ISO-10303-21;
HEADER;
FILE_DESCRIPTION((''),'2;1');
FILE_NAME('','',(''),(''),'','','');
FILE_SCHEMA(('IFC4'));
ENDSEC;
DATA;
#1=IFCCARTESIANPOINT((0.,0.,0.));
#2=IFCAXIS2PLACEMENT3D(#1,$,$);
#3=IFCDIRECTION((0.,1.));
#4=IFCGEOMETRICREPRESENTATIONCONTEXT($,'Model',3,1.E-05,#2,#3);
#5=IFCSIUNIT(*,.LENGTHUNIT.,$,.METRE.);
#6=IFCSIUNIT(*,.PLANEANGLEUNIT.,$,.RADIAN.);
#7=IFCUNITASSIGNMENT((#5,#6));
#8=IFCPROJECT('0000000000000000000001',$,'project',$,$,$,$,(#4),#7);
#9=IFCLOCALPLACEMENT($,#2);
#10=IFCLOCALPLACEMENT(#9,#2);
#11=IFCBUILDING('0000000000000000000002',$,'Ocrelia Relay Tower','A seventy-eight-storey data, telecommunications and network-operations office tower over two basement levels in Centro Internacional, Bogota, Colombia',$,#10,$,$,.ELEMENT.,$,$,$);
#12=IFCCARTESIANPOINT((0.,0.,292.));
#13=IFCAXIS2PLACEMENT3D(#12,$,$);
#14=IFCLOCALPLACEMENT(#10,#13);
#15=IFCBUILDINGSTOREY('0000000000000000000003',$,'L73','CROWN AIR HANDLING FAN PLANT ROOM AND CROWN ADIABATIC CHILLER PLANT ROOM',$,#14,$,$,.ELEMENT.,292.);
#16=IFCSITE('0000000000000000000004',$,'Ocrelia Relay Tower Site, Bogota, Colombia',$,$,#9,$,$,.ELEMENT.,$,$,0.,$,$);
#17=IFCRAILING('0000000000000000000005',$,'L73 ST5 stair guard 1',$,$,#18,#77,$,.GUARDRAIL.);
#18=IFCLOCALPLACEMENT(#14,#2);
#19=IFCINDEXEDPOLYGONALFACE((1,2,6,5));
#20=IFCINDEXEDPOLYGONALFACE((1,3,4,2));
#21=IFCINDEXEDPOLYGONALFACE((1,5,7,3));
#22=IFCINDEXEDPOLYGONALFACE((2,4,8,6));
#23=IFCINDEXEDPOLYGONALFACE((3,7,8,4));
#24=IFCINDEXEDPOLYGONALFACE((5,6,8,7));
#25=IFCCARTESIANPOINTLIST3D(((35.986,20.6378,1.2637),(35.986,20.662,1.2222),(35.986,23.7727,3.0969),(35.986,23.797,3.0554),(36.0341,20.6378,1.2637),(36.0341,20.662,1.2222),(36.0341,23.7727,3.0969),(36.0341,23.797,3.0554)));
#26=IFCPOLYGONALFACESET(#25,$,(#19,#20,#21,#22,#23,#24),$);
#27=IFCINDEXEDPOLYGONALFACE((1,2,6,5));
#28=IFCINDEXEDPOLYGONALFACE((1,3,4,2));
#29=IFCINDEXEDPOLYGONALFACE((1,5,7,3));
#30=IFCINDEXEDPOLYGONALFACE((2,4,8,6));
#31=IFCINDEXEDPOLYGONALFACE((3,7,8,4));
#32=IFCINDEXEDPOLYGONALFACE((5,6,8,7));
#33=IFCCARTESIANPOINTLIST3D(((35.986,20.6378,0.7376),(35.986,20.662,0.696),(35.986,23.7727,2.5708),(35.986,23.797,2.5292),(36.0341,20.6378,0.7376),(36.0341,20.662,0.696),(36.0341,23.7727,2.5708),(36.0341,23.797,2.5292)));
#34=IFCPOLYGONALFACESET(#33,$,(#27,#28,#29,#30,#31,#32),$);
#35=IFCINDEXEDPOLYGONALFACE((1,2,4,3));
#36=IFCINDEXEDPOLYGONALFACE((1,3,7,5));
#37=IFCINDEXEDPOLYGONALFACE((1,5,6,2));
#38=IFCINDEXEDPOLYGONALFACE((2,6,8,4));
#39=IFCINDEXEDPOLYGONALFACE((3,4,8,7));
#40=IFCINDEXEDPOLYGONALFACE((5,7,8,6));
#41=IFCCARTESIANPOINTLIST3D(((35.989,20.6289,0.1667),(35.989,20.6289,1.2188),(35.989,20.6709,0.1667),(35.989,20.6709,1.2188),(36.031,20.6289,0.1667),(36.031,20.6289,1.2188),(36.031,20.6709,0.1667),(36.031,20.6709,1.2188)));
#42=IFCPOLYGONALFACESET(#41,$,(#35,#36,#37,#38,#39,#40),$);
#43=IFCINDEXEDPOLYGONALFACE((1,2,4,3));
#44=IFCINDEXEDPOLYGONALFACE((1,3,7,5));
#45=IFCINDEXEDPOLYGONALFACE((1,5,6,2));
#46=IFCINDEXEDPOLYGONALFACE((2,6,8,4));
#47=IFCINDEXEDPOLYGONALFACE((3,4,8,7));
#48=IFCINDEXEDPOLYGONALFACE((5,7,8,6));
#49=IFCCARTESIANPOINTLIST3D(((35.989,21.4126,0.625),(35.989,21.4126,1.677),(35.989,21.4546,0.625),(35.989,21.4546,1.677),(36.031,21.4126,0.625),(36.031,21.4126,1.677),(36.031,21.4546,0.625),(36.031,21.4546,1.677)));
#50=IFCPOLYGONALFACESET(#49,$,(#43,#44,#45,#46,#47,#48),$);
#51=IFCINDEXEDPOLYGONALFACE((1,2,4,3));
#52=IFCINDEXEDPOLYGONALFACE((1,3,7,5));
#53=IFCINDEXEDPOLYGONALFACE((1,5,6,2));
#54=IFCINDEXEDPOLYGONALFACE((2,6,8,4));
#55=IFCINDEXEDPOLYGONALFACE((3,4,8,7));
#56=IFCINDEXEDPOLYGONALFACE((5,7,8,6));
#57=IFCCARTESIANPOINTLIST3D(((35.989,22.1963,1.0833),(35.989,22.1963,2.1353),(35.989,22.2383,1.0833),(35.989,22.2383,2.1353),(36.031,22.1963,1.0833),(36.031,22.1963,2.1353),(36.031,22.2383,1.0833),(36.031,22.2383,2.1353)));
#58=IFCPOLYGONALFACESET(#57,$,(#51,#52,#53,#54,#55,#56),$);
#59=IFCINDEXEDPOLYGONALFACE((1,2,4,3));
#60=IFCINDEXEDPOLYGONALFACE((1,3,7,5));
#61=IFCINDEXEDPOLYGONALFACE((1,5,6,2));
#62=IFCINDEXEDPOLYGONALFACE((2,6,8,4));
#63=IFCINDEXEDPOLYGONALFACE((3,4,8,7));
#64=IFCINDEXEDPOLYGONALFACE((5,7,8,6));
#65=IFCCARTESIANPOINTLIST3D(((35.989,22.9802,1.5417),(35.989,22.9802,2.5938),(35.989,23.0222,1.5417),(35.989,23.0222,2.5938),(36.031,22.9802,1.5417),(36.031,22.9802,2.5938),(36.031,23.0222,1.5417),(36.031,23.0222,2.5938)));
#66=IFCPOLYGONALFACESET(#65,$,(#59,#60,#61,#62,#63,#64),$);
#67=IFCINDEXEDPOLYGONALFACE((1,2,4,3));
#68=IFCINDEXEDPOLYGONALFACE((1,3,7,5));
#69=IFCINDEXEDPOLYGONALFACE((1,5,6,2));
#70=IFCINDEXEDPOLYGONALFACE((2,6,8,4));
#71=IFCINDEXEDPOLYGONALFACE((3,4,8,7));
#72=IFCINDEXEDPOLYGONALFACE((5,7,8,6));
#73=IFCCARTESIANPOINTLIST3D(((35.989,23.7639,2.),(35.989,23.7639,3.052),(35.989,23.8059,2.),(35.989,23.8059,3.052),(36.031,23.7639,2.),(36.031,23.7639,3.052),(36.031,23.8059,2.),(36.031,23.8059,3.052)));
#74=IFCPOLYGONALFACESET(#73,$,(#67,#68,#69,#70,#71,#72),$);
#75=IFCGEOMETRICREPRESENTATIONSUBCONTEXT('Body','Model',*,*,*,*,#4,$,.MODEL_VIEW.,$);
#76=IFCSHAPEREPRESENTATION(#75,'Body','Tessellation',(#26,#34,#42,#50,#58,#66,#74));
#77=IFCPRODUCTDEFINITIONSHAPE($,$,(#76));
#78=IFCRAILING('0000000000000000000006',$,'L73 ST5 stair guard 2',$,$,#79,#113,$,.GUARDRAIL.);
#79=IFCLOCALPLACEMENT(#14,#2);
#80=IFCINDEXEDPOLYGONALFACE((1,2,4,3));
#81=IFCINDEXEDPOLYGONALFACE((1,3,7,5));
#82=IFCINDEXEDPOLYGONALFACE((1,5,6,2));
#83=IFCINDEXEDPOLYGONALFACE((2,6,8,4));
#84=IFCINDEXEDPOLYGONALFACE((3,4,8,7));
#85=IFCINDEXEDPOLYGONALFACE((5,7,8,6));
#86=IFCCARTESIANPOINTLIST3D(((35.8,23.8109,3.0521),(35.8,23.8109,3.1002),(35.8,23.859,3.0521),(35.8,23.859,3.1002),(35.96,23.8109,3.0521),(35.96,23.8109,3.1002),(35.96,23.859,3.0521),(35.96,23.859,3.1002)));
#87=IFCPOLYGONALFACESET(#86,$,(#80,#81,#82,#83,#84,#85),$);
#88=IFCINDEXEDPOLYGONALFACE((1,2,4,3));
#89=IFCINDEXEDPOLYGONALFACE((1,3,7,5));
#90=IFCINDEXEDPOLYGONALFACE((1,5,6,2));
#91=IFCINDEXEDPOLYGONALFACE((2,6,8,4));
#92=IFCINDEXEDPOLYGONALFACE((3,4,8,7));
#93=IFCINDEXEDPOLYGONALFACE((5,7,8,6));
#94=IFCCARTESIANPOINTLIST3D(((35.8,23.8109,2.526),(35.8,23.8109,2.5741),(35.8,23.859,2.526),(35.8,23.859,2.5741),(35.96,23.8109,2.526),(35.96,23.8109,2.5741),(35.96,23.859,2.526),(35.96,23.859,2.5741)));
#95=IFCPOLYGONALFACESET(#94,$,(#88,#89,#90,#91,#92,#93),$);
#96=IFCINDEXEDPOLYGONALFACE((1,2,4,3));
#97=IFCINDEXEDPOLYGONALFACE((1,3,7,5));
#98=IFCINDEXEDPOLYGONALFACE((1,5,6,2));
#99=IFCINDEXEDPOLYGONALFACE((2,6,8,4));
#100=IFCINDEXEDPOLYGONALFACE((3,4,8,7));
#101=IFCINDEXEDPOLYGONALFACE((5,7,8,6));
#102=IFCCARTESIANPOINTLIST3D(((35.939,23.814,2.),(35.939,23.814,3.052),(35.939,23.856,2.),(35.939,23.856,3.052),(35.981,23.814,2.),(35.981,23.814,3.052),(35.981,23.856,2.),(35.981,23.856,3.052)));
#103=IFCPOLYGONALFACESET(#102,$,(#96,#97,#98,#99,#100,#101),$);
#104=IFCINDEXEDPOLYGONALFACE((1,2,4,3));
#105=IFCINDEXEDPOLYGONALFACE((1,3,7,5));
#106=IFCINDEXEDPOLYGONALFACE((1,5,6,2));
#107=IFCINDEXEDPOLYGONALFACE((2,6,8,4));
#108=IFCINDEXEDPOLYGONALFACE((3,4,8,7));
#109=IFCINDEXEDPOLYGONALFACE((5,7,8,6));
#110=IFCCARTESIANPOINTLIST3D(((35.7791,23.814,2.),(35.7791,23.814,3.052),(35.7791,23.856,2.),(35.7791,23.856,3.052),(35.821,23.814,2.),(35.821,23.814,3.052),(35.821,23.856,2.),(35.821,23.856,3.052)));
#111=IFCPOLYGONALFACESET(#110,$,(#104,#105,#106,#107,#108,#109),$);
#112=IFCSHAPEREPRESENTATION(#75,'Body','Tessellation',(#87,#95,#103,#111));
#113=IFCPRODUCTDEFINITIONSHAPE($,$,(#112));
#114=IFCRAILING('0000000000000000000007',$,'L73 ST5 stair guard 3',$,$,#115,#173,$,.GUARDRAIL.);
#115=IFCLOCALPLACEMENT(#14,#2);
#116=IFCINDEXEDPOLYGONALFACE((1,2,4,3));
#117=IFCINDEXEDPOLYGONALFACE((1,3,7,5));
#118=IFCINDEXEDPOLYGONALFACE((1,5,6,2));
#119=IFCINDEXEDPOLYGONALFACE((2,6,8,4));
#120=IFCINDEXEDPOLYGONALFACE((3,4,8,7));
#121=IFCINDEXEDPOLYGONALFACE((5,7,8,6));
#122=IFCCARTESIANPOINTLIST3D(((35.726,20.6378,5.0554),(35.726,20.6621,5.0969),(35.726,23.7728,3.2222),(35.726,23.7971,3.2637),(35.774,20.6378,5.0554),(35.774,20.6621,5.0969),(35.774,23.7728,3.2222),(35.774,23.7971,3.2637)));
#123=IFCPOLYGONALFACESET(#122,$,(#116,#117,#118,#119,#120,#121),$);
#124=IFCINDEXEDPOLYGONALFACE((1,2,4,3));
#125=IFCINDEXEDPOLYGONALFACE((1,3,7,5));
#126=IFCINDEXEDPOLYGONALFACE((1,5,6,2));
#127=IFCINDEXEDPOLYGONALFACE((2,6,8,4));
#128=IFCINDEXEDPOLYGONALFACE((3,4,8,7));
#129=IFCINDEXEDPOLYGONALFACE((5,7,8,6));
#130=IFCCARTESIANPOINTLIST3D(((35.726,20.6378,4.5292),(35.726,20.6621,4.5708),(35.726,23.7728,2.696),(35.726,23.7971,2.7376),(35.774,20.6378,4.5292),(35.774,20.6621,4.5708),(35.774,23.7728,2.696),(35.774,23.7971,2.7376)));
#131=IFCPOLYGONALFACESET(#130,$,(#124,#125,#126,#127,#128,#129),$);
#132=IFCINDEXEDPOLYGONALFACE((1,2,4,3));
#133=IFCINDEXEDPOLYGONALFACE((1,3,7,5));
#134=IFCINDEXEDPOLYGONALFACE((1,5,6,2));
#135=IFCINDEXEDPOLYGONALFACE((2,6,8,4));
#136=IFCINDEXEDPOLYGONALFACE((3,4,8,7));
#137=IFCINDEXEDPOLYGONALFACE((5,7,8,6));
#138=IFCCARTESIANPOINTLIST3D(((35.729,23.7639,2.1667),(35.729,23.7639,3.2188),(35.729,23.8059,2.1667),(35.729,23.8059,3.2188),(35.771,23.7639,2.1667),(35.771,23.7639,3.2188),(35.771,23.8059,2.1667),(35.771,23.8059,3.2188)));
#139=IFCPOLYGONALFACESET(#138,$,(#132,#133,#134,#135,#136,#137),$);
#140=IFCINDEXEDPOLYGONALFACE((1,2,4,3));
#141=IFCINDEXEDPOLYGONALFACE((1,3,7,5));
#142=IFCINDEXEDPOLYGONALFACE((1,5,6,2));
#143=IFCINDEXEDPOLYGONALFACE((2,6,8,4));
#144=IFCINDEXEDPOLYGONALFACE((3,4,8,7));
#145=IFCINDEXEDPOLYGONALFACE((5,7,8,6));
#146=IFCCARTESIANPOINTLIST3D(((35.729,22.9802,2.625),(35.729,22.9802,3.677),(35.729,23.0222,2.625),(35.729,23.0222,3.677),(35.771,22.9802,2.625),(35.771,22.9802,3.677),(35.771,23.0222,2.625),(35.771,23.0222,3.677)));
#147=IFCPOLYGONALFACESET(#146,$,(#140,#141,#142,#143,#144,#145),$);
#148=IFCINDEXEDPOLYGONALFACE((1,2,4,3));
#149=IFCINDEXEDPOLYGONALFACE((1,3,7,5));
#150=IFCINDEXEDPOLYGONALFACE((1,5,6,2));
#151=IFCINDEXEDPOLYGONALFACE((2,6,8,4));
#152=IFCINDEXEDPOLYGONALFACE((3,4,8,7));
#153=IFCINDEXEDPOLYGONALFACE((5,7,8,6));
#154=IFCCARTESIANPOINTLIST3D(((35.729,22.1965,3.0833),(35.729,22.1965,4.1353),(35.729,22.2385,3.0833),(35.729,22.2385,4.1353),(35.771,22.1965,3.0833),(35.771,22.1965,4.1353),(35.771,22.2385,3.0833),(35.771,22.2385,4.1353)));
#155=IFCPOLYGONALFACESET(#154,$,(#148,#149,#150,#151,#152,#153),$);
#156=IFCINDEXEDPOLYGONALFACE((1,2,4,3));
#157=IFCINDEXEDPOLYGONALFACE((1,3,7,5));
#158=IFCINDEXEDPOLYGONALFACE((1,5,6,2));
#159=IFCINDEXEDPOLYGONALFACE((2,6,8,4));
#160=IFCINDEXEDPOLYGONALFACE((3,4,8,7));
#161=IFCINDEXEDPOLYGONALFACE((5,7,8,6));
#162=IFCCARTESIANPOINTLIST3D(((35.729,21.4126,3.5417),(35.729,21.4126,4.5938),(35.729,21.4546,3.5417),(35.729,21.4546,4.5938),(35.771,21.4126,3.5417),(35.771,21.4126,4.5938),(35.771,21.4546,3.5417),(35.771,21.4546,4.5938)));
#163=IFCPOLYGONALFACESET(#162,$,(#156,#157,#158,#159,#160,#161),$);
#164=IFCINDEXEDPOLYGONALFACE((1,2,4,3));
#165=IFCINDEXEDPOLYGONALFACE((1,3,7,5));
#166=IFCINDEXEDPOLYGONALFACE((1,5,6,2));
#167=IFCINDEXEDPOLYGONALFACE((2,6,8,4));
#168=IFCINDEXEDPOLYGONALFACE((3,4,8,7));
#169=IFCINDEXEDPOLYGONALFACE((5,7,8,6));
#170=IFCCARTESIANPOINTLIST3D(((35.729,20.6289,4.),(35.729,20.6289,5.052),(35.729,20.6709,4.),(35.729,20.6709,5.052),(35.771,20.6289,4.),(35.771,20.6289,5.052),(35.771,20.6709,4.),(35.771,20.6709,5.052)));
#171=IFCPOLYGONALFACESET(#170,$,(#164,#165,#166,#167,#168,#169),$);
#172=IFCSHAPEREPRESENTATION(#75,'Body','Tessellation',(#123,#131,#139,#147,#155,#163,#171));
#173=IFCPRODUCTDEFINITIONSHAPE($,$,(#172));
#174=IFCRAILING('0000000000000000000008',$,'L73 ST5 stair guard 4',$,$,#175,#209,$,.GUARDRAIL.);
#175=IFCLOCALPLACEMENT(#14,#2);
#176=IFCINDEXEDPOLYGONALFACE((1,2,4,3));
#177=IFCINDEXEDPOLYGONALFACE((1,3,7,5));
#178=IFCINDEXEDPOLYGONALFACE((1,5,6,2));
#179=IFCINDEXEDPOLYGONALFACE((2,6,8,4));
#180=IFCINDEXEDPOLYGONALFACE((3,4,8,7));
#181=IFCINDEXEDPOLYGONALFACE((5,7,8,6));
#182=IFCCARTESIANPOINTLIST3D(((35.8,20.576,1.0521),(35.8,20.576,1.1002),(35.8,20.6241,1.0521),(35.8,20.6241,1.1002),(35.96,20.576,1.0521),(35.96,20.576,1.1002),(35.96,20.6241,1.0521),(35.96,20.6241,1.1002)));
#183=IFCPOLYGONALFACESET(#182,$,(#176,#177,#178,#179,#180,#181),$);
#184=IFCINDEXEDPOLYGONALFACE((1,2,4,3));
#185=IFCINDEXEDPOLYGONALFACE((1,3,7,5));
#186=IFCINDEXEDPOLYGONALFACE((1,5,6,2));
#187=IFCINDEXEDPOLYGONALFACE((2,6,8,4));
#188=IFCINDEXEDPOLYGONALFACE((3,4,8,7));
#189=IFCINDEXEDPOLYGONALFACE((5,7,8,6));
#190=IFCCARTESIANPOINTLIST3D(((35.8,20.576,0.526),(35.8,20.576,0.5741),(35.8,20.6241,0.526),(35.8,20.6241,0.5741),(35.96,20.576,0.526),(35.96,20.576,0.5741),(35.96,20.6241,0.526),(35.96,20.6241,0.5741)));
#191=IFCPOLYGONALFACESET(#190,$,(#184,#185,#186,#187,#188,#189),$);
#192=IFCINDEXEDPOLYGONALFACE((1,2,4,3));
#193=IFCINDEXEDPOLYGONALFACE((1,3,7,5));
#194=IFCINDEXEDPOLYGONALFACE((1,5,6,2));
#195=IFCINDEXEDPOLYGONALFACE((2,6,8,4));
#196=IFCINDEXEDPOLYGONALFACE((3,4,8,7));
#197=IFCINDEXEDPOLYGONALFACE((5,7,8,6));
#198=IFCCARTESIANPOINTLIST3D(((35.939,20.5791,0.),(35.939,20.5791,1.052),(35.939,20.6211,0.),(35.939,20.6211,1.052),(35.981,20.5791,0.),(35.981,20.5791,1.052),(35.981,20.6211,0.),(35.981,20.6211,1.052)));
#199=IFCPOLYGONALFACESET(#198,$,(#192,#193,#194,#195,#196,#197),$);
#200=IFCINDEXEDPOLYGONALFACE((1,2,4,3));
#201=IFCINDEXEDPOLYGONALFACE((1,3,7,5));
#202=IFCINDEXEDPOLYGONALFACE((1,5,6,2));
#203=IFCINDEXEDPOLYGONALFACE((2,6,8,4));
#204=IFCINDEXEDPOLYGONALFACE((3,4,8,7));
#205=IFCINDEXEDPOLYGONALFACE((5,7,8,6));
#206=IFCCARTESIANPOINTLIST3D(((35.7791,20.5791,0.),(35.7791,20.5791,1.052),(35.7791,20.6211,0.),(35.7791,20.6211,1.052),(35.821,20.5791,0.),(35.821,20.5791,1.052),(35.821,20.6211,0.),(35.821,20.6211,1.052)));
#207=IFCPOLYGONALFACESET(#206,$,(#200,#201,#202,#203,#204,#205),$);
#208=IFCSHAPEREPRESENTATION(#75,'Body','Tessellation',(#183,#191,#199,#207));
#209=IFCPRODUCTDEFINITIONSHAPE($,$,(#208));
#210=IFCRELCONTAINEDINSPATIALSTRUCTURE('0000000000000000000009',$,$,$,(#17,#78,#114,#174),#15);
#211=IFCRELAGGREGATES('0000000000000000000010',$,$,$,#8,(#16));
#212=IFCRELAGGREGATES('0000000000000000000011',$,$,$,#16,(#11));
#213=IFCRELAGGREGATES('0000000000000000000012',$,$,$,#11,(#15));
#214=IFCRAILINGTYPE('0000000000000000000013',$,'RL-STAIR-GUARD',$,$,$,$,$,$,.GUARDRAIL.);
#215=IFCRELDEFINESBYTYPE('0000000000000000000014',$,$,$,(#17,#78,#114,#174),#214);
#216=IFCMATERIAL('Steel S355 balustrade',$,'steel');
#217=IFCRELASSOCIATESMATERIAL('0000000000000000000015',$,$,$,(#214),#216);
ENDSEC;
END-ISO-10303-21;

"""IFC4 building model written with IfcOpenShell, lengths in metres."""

from ifc_helpers import new_model, si_unit, direction, frame, origin, origin_2d, place, context, subcontext, project, spatial, rectangle, extrude, material, type_object, element, save


model = new_model("IFC4")

# Units and contexts
model_context = context("Model", 3, precision=1e-05, world=origin(), true_north=direction((0.0, 1.0)))
body_context = subcontext(model_context, "Body", "Model", "MODEL_VIEW")
ifc_project = project(units=[si_unit("LENGTHUNIT", "METRE"), si_unit("PLANEANGLEUNIT", "RADIAN")], contexts=[model_context])

# Site, building, storey
site_placement = place(None, origin())
site = spatial("IfcSite", under=ifc_project, at=site_placement, Name="Ocrelia Relay Tower Site, Bogota, Colombia", CompositionType="ELEMENT", RefElevation=0.0)
building_placement = place(site_placement, origin())
building = spatial("IfcBuilding", under=site, at=building_placement, Name="Ocrelia Relay Tower", Description="A seventy-eight-storey data, telecommunications and network-operations office tower over two basement levels in Centro Internacional, Bogota, Colombia", CompositionType="ELEMENT")
storey_placement = place(building_placement, frame((0.0, 0.0, 292.0)))
storey = spatial("IfcBuildingStorey", under=building, at=storey_placement, Name="L73", Description="CROWN AIR HANDLING FAN PLANT ROOM AND CROWN ADIABATIC CHILLER PLANT ROOM", CompositionType="ELEMENT", Elevation=292.0)

# Railings
ifc_material_1 = material(Name="Steel S355 balustrade", Category="steel")
railing_type_1 = type_object("IfcRailingType", Name="RL-STAIR-GUARD", PredefinedType="GUARDRAIL", material=ifc_material_1)
railing_1_placement = place(storey_placement, frame((36.01, 20.6499, 0.1667)))
element("IfcRailing", 1, at=railing_1_placement, inside=storey, type_object=railing_type_1, Name="L73 ST5 stair guard 1", PredefinedType="GUARDRAIL", context=body_context, shape_type="SweptSolid", body=[
    extrude(rectangle(XDim=0.0481, YDim=0.0481, at=origin_2d()), frame((0.0, 0.0, 1.0762), z_axis=(0.0, 0.86324, 0.504794), x_axis=(-1.0, 0.0, 0.0)), (0.0, 0.0, 1.0), 3.6316),
    extrude(rectangle(XDim=0.0481, YDim=0.0481, at=origin_2d()), frame((0.0, 0.0, 0.55), z_axis=(0.0, 0.86324, 0.504794), x_axis=(-1.0, 0.0, 0.0)), (0.0, 0.0, 1.0), 3.6316),
    extrude(rectangle(XDim=0.042, YDim=0.042, at=origin_2d()), origin(), (0.0, 0.0, 1.0), 1.052),
    extrude(rectangle(XDim=0.042, YDim=0.042, at=origin_2d()), frame((0.0, 0.7837, 0.4583)), (0.0, 0.0, 1.0), 1.052),
    extrude(rectangle(XDim=0.042, YDim=0.042, at=origin_2d()), frame((0.0, 1.5674, 0.9165)), (0.0, 0.0, 1.0), 1.052),
    extrude(rectangle(XDim=0.042, YDim=0.042, at=origin_2d()), frame((0.0, 2.3513, 1.375)), (0.0, 0.0, 1.0), 1.052),
    extrude(rectangle(XDim=0.042, YDim=0.042, at=origin_2d()), frame((0.0, 3.135, 1.8333)), (0.0, 0.0, 1.0), 1.052),
])
railing_2_placement = place(storey_placement, frame((35.96, 23.835, 2.0)))
element("IfcRailing", 2, at=railing_2_placement, inside=storey, type_object=railing_type_1, Name="L73 ST5 stair guard 2", PredefinedType="GUARDRAIL", context=body_context, shape_type="SweptSolid", body=[
    extrude(rectangle(XDim=0.0481, YDim=0.0481, at=origin_2d()), frame((0.0, 0.0, 1.0762), z_axis=(-1.0, 0.0, 0.0), x_axis=(0.0, -1.0, 0.0)), (0.0, 0.0, 1.0), 0.1599),
    extrude(rectangle(XDim=0.0481, YDim=0.0481, at=origin_2d()), frame((0.0, 0.0, 0.55), z_axis=(-1.0, 0.0, 0.0), x_axis=(0.0, -1.0, 0.0)), (0.0, 0.0, 1.0), 0.1599),
    extrude(rectangle(XDim=0.042, YDim=0.042, at=origin_2d()), origin(), (0.0, 0.0, 1.0), 1.052),
    extrude(rectangle(XDim=0.042, YDim=0.042, at=origin_2d()), frame((-0.1599, 0.0, 0.0)), (0.0, 0.0, 1.0), 1.052),
])
railing_3_placement = place(storey_placement, frame((35.75, 23.7849, 2.1667)))
element("IfcRailing", 3, at=railing_3_placement, inside=storey, type_object=railing_type_1, Name="L73 ST5 stair guard 3", PredefinedType="GUARDRAIL", context=body_context, shape_type="SweptSolid", body=[
    extrude(rectangle(XDim=0.0481, YDim=0.0481, at=origin_2d()), frame((0.0, 0.0, 1.0762), z_axis=(0.0, -0.86324, 0.504794), x_axis=(1.0, 0.0, 0.0)), (0.0, 0.0, 1.0), 3.6316),
    extrude(rectangle(XDim=0.0481, YDim=0.0481, at=origin_2d()), frame((0.0, 0.0, 0.55), z_axis=(0.0, -0.86324, 0.504794), x_axis=(1.0, 0.0, 0.0)), (0.0, 0.0, 1.0), 3.6316),
    extrude(rectangle(XDim=0.042, YDim=0.042, at=origin_2d()), origin(), (0.0, 0.0, 1.0), 1.052),
    extrude(rectangle(XDim=0.042, YDim=0.042, at=origin_2d()), frame((0.0, -0.7837, 0.4583)), (0.0, 0.0, 1.0), 1.052),
    extrude(rectangle(XDim=0.042, YDim=0.042, at=origin_2d()), frame((0.0, -1.5674, 0.9165)), (0.0, 0.0, 1.0), 1.052),
    extrude(rectangle(XDim=0.042, YDim=0.042, at=origin_2d()), frame((0.0, -2.3513, 1.375)), (0.0, 0.0, 1.0), 1.052),
    extrude(rectangle(XDim=0.042, YDim=0.042, at=origin_2d()), frame((0.0, -3.135, 1.8333)), (0.0, 0.0, 1.0), 1.052),
])
railing_4_placement = place(storey_placement, frame((35.96, 20.6001, 0.0)))
element("IfcRailing", 4, at=railing_4_placement, inside=storey, type_object=railing_type_1, Name="L73 ST5 stair guard 4", PredefinedType="GUARDRAIL", context=body_context, shape_type="SweptSolid", body=[
    extrude(rectangle(XDim=0.0481, YDim=0.0481, at=origin_2d()), frame((0.0, 0.0, 1.0762), z_axis=(-1.0, 0.0, 0.0), x_axis=(0.0, -1.0, 0.0)), (0.0, 0.0, 1.0), 0.1599),
    extrude(rectangle(XDim=0.0481, YDim=0.0481, at=origin_2d()), frame((0.0, 0.0, 0.55), z_axis=(-1.0, 0.0, 0.0), x_axis=(0.0, -1.0, 0.0)), (0.0, 0.0, 1.0), 0.1599),
    extrude(rectangle(XDim=0.042, YDim=0.042, at=origin_2d()), origin(), (0.0, 0.0, 1.0), 1.052),
    extrude(rectangle(XDim=0.042, YDim=0.042, at=origin_2d()), frame((-0.1599, 0.0, 0.0)), (0.0, 0.0, 1.0), 1.052),
])

save(model, "model.ifc")
